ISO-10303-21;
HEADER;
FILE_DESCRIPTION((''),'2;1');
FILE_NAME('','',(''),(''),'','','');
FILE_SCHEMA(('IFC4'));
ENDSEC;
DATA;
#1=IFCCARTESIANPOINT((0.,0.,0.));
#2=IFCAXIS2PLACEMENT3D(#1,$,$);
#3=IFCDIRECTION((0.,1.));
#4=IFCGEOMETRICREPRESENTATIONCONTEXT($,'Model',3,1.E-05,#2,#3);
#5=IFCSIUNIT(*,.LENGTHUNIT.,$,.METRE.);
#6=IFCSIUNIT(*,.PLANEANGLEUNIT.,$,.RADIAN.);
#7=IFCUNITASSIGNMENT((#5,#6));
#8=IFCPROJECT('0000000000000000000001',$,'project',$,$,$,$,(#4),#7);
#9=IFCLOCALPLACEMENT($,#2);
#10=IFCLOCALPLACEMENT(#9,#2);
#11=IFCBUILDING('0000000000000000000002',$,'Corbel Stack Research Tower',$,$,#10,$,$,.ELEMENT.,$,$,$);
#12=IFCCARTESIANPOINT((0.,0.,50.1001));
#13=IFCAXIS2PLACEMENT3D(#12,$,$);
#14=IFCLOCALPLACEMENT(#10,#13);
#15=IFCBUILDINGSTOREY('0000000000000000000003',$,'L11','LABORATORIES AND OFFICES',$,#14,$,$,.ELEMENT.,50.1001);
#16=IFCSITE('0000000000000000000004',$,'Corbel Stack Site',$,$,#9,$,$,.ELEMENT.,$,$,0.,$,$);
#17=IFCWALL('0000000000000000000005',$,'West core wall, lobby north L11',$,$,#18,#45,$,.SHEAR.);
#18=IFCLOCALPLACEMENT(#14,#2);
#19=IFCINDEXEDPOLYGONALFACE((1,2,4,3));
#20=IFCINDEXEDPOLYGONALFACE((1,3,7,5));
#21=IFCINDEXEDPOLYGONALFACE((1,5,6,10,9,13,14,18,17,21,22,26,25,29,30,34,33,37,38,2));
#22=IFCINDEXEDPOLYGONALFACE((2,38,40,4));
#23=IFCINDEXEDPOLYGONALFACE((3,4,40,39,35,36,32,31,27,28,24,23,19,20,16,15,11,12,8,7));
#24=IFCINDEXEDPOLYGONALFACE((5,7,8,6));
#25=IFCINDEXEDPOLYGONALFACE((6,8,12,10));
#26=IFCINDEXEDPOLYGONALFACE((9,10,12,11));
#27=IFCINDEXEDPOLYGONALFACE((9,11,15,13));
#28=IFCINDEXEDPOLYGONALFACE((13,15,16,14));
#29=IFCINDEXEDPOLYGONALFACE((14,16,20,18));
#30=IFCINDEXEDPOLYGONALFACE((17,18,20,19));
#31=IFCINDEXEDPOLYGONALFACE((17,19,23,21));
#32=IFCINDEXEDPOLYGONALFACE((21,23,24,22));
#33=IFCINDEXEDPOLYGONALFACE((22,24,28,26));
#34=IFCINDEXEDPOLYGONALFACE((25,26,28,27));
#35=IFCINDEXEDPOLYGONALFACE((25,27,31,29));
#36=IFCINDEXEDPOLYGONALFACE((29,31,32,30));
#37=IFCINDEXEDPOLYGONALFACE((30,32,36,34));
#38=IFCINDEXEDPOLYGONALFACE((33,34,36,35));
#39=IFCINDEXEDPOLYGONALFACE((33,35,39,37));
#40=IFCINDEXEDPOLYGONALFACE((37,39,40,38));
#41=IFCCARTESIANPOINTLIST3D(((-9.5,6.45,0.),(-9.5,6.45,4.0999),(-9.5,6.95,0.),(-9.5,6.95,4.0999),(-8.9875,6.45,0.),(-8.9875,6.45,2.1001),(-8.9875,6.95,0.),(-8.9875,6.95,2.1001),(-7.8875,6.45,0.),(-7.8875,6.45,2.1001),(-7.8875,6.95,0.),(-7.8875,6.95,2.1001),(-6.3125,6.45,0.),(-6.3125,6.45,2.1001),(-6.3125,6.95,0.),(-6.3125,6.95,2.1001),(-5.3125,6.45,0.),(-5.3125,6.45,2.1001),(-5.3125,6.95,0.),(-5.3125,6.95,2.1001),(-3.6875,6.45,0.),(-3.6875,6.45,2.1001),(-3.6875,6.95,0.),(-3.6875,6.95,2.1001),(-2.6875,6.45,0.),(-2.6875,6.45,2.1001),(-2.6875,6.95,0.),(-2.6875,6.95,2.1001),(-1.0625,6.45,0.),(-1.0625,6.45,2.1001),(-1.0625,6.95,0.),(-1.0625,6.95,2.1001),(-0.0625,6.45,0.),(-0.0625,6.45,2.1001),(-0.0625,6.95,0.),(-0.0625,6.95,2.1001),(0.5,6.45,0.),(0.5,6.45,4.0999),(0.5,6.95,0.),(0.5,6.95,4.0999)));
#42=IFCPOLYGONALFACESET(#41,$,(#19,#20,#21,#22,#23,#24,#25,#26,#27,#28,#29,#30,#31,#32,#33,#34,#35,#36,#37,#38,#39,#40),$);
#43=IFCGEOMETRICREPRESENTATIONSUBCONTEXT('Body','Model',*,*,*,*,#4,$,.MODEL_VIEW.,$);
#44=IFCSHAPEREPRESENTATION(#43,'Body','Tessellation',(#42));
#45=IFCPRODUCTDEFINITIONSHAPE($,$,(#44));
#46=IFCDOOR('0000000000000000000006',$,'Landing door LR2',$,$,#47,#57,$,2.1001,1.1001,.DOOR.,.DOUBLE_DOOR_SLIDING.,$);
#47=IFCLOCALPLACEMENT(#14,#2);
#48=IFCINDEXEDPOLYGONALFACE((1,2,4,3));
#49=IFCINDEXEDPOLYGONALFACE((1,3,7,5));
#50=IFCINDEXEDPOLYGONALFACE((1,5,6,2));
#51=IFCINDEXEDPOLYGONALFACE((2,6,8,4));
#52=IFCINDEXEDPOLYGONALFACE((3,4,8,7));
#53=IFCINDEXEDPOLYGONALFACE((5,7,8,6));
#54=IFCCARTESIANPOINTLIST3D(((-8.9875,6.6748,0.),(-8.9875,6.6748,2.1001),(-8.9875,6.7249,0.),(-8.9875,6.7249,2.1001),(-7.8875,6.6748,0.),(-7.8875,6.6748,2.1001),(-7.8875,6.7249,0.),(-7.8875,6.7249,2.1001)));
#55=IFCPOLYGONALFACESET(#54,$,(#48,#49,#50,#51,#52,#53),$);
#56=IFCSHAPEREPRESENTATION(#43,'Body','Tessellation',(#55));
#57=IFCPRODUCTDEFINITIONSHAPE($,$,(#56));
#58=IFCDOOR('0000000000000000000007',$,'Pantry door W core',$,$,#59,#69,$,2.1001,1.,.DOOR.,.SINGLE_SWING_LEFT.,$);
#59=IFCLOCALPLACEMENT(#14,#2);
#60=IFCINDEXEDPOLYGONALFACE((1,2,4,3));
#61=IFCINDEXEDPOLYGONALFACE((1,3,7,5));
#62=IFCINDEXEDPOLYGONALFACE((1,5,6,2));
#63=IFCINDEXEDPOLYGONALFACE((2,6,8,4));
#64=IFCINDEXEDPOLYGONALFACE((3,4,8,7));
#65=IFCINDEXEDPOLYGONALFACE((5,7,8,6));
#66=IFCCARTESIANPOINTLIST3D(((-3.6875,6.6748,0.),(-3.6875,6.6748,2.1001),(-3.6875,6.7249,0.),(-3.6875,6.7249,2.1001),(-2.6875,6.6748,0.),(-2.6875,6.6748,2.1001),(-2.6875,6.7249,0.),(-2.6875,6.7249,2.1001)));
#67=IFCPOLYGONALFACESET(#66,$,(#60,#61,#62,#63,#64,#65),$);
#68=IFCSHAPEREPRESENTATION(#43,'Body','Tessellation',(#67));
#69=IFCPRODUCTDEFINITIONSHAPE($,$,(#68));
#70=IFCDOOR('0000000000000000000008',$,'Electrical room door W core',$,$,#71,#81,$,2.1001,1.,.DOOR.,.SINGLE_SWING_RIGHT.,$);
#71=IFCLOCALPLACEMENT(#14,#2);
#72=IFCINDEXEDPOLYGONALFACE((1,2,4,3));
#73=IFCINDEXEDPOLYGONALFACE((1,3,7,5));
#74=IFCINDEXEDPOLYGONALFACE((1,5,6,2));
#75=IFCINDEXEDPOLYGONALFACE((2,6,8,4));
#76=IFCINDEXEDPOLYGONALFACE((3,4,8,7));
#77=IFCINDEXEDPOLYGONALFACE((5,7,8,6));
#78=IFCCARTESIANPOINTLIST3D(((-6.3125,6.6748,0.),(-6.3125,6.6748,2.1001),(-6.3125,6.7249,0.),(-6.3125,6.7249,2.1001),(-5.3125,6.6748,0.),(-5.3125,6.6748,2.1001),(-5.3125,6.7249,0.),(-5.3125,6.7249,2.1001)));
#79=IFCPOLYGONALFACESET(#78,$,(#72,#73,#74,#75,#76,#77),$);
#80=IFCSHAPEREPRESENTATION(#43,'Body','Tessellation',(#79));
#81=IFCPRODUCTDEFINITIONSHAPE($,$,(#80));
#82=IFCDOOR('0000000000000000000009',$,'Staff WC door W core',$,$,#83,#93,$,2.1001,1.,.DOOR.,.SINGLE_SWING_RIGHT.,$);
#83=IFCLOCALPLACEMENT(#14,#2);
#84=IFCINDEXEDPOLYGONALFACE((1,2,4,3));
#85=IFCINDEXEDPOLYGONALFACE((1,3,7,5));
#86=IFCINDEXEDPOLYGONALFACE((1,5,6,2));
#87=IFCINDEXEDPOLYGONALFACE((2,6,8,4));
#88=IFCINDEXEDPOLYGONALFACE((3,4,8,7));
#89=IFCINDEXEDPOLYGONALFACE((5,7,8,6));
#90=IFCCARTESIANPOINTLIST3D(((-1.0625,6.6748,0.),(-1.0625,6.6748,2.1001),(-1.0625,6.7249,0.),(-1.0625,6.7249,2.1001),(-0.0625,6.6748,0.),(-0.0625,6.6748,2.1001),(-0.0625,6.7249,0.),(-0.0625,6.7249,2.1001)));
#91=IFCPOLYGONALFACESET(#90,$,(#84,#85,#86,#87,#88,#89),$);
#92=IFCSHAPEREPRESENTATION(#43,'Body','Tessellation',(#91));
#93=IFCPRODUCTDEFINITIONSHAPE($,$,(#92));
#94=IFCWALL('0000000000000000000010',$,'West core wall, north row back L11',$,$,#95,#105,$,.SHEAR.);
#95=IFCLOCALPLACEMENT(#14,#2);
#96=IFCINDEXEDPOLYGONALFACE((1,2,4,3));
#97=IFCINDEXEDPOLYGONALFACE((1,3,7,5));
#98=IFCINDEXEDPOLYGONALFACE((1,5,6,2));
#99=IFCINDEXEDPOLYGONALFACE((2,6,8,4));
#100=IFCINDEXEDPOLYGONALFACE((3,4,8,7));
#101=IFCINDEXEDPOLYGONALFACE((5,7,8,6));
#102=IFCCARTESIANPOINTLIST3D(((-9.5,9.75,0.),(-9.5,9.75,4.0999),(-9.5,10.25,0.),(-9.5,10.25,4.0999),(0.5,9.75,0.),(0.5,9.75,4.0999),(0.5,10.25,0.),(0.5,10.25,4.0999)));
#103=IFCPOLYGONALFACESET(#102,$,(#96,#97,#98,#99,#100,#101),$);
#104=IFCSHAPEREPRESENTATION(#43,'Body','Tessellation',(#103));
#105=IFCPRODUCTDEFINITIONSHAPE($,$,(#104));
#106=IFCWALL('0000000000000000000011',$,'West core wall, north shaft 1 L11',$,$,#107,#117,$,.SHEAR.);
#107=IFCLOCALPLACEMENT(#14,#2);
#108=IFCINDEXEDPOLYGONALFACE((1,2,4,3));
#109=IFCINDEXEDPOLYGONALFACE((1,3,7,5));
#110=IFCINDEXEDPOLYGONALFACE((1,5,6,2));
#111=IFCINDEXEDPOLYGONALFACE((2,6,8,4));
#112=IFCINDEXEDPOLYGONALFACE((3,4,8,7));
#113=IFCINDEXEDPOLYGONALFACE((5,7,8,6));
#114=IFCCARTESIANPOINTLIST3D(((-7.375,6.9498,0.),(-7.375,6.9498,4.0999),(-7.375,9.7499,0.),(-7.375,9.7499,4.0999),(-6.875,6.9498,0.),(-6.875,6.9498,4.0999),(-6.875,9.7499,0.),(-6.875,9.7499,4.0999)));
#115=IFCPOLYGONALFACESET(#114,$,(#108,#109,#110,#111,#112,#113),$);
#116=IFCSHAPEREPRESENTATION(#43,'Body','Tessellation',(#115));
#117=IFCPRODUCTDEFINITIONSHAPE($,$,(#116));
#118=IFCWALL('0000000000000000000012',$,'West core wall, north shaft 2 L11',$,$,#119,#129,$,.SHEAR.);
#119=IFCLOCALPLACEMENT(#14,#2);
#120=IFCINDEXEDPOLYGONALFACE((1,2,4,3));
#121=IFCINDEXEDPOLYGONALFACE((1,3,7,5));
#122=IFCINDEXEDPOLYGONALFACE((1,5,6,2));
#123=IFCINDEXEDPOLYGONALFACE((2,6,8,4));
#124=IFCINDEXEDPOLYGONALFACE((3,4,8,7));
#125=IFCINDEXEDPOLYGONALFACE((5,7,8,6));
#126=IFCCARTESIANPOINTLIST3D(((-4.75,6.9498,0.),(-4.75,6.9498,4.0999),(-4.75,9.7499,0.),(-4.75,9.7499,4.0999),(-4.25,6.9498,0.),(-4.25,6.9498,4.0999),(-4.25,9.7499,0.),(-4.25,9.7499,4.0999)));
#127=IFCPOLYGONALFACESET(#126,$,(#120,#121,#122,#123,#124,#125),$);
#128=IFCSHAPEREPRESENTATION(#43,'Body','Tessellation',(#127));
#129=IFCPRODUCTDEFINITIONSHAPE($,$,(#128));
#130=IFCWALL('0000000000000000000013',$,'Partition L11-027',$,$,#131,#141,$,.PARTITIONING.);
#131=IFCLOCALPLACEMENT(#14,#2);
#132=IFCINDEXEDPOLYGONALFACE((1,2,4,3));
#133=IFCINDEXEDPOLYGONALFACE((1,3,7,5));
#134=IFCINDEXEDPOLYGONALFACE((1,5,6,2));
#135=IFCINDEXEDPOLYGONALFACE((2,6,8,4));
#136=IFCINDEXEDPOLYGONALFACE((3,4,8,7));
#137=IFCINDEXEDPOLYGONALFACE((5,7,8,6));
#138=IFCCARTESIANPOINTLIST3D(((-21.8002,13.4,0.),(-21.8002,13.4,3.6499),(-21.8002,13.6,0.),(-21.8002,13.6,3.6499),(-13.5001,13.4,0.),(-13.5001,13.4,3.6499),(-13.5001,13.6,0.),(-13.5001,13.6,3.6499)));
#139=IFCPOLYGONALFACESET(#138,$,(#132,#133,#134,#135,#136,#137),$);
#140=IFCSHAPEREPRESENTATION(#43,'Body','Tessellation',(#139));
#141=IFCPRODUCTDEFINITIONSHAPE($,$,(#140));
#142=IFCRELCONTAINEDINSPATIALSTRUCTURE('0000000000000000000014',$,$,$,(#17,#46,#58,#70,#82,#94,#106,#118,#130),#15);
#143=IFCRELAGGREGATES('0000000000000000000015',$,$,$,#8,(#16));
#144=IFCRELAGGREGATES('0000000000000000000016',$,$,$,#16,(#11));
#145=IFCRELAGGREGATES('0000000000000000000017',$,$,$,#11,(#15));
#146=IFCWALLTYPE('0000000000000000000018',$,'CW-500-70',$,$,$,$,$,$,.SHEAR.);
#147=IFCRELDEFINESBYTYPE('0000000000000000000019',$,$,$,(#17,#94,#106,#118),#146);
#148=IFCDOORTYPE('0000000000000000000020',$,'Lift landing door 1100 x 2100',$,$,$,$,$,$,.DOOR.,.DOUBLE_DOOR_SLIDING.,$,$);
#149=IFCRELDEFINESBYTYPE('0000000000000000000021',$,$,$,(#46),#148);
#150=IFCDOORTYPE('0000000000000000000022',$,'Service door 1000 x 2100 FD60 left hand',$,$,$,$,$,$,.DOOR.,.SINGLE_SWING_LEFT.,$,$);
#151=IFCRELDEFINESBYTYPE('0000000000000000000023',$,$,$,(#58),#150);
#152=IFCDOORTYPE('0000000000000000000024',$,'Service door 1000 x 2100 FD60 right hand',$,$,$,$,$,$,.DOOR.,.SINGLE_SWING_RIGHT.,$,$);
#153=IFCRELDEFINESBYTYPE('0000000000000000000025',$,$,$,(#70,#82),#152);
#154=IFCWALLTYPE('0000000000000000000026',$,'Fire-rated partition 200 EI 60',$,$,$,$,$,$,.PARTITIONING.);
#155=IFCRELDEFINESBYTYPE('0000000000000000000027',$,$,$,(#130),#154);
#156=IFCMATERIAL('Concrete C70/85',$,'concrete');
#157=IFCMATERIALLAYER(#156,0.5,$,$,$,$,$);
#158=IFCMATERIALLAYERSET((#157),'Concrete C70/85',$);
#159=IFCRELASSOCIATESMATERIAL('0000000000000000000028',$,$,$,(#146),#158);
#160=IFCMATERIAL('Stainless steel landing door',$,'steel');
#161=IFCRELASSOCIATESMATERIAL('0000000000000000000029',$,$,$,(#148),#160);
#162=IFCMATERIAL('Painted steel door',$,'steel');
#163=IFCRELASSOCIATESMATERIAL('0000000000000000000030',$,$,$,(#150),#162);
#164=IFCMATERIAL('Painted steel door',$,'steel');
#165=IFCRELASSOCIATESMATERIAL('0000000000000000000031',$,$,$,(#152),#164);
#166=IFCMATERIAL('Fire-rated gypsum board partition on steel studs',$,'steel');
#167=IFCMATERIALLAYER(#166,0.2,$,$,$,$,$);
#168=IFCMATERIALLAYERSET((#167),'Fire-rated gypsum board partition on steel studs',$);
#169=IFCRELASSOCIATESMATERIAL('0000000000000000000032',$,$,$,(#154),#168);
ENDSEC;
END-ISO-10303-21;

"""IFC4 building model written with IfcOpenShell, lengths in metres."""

from ifc_helpers import new_model, si_unit, direction, frame, frame_2d, origin, place, context, subcontext, project, spatial, rectangle, extrude, material, layer, layer_set, type_object, element, fill, save


model = new_model("IFC4")

# Units and contexts
model_context = context("Model", 3, precision=1e-05, world=origin(), true_north=direction((0.0, 1.0)))
body_context = subcontext(model_context, "Body", "Model", "MODEL_VIEW")
ifc_project = project(units=[si_unit("LENGTHUNIT", "METRE"), si_unit("PLANEANGLEUNIT", "RADIAN")], contexts=[model_context])

# Site, building, storey
site_placement = place(None, origin())
site = spatial("IfcSite", under=ifc_project, at=site_placement, Name="Corbel Stack Site", CompositionType="ELEMENT", RefElevation=0.0)
building_placement = place(site_placement, origin())
building = spatial("IfcBuilding", under=site, at=building_placement, Name="Corbel Stack Research Tower", CompositionType="ELEMENT")
storey_placement = place(building_placement, frame((0.0, 0.0, 50.1001)))
storey = spatial("IfcBuildingStorey", under=building, at=storey_placement, Name="L11", Description="LABORATORIES AND OFFICES", CompositionType="ELEMENT", Elevation=50.1001)

# Wall, openings, doors
ifc_material_1 = material(Name="Concrete C70/85", Category="concrete")
ifc_layer_1 = layer(ifc_material_1, 0.5)
ifc_layer_set_1 = layer_set([ifc_layer_1], Name="Concrete C70/85")
wall_type_1 = type_object("IfcWallType", Name="CW-500-70", PredefinedType="SHEAR", material=ifc_layer_set_1)
ifc_material_2 = material(Name="Stainless steel landing door", Category="steel")
door_type_1 = type_object("IfcDoorType", Name="Lift landing door 1100 x 2100", OperationType="DOUBLE_DOOR_SLIDING", PredefinedType="DOOR", material=ifc_material_2)
wall_1_placement = place(storey_placement, frame((-9.5, 6.7, 0.0), z_axis=(0.0, 0.0, 1.0), x_axis=(1.0, 0.0, 0.0)))
wall_1 = element("IfcWall", 1, at=wall_1_placement, inside=storey, type_object=wall_type_1, Name="West core wall, lobby north L11", PredefinedType="SHEAR", context=body_context, shape_type="SweptSolid", body=[
    extrude(rectangle(XDim=10.0, YDim=0.5, at=frame_2d((5.0, 0.0))), origin(), (0.0, 0.0, 1.0), 4.0999),
])
opening_1_placement = place(wall_1_placement, frame((0.5125, 0.0, 0.0)))
opening_1 = element("IfcOpeningElement", 2, at=opening_1_placement, cuts=wall_1, PredefinedType="OPENING", context=body_context, shape_type="SweptSolid", body=[
    extrude(rectangle(XDim=1.1001, YDim=2.1001, at=frame_2d((0.55, 1.05))), frame((0.0, 0.26, 0.0), z_axis=(0.0, -1.0, 0.0), x_axis=(1.0, 0.0, 0.0)), (0.0, 0.0, 1.0), 0.52),
])
opening_2_placement = place(wall_1_placement, frame((3.1875, 0.0, 0.0)))
opening_2 = element("IfcOpeningElement", 3, at=opening_2_placement, cuts=wall_1, PredefinedType="OPENING", context=body_context, shape_type="SweptSolid", body=[
    extrude(rectangle(XDim=1.0, YDim=2.1001, at=frame_2d((0.5, 1.05))), frame((0.0, 0.26, 0.0), z_axis=(0.0, -1.0, 0.0), x_axis=(1.0, 0.0, 0.0)), (0.0, 0.0, 1.0), 0.52),
])
opening_3_placement = place(wall_1_placement, frame((5.8125, 0.0, 0.0)))
opening_3 = element("IfcOpeningElement", 4, at=opening_3_placement, cuts=wall_1, PredefinedType="OPENING", context=body_context, shape_type="SweptSolid", body=[
    extrude(rectangle(XDim=1.0, YDim=2.1001, at=frame_2d((0.5, 1.05))), frame((0.0, 0.26, 0.0), z_axis=(0.0, -1.0, 0.0), x_axis=(1.0, 0.0, 0.0)), (0.0, 0.0, 1.0), 0.52),
])
opening_4_placement = place(wall_1_placement, frame((8.4375, 0.0, 0.0)))
opening_4 = element("IfcOpeningElement", 5, at=opening_4_placement, cuts=wall_1, PredefinedType="OPENING", context=body_context, shape_type="SweptSolid", body=[
    extrude(rectangle(XDim=1.0, YDim=2.1001, at=frame_2d((0.5, 1.05))), frame((0.0, 0.26, 0.0), z_axis=(0.0, -1.0, 0.0), x_axis=(1.0, 0.0, 0.0)), (0.0, 0.0, 1.0), 0.52),
])
door_1_placement = place(opening_1_placement, origin())
door_1 = element("IfcDoor", 6, at=door_1_placement, inside=storey, type_object=door_type_1, Name="Landing door LR2", OperationType="DOUBLE_DOOR_SLIDING", OverallHeight=2.1001, OverallWidth=1.1001, PredefinedType="DOOR", context=body_context, shape_type="SweptSolid", body=[
    extrude(rectangle(XDim=1.1001, YDim=2.1001, at=frame_2d((0.55, 1.05))), frame((0.0, 0.0249, 0.0), z_axis=(0.0, -1.0, 0.0), x_axis=(1.0, 0.0, 0.0)), (0.0, 0.0, 1.0), 0.05),
])
fill(opening_1, door_1)
ifc_material_3 = material(Name="Painted steel door", Category="steel")
door_type_2 = type_object("IfcDoorType", Name="Service door 1000 x 2100 FD60 left hand", OperationType="SINGLE_SWING_LEFT", PredefinedType="DOOR", material=ifc_material_3)
door_2_placement = place(opening_3_placement, origin())
door_2 = element("IfcDoor", 7, at=door_2_placement, inside=storey, type_object=door_type_2, Name="Pantry door W core", OperationType="SINGLE_SWING_LEFT", OverallHeight=2.1001, OverallWidth=1.0, PredefinedType="DOOR", context=body_context, shape_type="SweptSolid", body=[
    extrude(rectangle(XDim=1.0, YDim=2.1001, at=frame_2d((0.5, 1.05))), frame((0.0, 0.0249, 0.0), z_axis=(0.0, -1.0, 0.0), x_axis=(1.0, 0.0, 0.0)), (0.0, 0.0, 1.0), 0.05),
])
fill(opening_3, door_2)
ifc_material_4 = material(Name="Painted steel door", Category="steel")
door_type_3 = type_object("IfcDoorType", Name="Service door 1000 x 2100 FD60 right hand", OperationType="SINGLE_SWING_RIGHT", PredefinedType="DOOR", material=ifc_material_4)
door_3_placement = place(opening_2_placement, origin())
door_3 = element("IfcDoor", 8, at=door_3_placement, inside=storey, type_object=door_type_3, Name="Electrical room door W core", OperationType="SINGLE_SWING_RIGHT", OverallHeight=2.1001, OverallWidth=1.0, PredefinedType="DOOR", context=body_context, shape_type="SweptSolid", body=[
    extrude(rectangle(XDim=1.0, YDim=2.1001, at=frame_2d((0.5, 1.05))), frame((0.0, 0.0249, 0.0), z_axis=(0.0, -1.0, 0.0), x_axis=(1.0, 0.0, 0.0)), (0.0, 0.0, 1.0), 0.05),
])
fill(opening_2, door_3)
door_4_placement = place(opening_4_placement, origin())
door_4 = element("IfcDoor", 9, at=door_4_placement, inside=storey, type_object=door_type_3, Name="Staff WC door W core", OperationType="SINGLE_SWING_RIGHT", OverallHeight=2.1001, OverallWidth=1.0, PredefinedType="DOOR", context=body_context, shape_type="SweptSolid", body=[
    extrude(rectangle(XDim=1.0, YDim=2.1001, at=frame_2d((0.5, 1.05))), frame((0.0, 0.0249, 0.0), z_axis=(0.0, -1.0, 0.0), x_axis=(1.0, 0.0, 0.0)), (0.0, 0.0, 1.0), 0.05),
])
fill(opening_4, door_4)

# Walls
wall_2_placement = place(storey_placement, frame((-9.5, 10.0, 0.0), z_axis=(0.0, 0.0, 1.0), x_axis=(1.0, 0.0, 0.0)))
element("IfcWall", 10, at=wall_2_placement, inside=storey, type_object=wall_type_1, Name="West core wall, north row back L11", PredefinedType="SHEAR", context=body_context, shape_type="SweptSolid", body=[
    extrude(rectangle(XDim=10.0, YDim=0.5, at=frame_2d((5.0, 0.0))), origin(), (0.0, 0.0, 1.0), 4.0999),
])
for number, where, z_axis, x_axis, name in (
    (11, (-7.125, 6.95, 0.0), (0.0, 0.0, 1.0), (0.0, 1.0, 0.0), "West core wall, north shaft 1 L11"),
    (12, (-4.5, 6.95, 0.0), (0.0, 0.0, 1.0), (0.0, 1.0, 0.0), "West core wall, north shaft 2 L11"),
):
    element("IfcWall", number, at=place(storey_placement, frame(where, z_axis=z_axis, x_axis=x_axis)), inside=storey, type_object=wall_type_1, Name=name, PredefinedType="SHEAR", context=body_context, shape_type="SweptSolid", body=[
        extrude(rectangle(XDim=2.8, YDim=0.5, at=frame_2d((1.3999, 0.0))), origin(), (0.0, 0.0, 1.0), 4.0999),
    ])
ifc_material_5 = material(Name="Fire-rated gypsum board partition on steel studs", Category="steel")
ifc_layer_2 = layer(ifc_material_5, 0.2)
ifc_layer_set_2 = layer_set([ifc_layer_2], Name="Fire-rated gypsum board partition on steel studs")
wall_type_2 = type_object("IfcWallType", Name="Fire-rated partition 200 EI 60", PredefinedType="PARTITIONING", material=ifc_layer_set_2)
wall_3_placement = place(storey_placement, frame((-21.8, 13.5, 0.0), z_axis=(0.0, 0.0, 1.0), x_axis=(1.0, 0.0, 0.0)))
element("IfcWall", 13, at=wall_3_placement, inside=storey, type_object=wall_type_2, Name="Partition L11-027", PredefinedType="PARTITIONING", context=body_context, shape_type="SweptSolid", body=[
    extrude(rectangle(XDim=8.3, YDim=0.2, at=frame_2d((4.1499, 0.0))), origin(), (0.0, 0.0, 1.0), 3.6499),
])

save(model, "model.ifc")
